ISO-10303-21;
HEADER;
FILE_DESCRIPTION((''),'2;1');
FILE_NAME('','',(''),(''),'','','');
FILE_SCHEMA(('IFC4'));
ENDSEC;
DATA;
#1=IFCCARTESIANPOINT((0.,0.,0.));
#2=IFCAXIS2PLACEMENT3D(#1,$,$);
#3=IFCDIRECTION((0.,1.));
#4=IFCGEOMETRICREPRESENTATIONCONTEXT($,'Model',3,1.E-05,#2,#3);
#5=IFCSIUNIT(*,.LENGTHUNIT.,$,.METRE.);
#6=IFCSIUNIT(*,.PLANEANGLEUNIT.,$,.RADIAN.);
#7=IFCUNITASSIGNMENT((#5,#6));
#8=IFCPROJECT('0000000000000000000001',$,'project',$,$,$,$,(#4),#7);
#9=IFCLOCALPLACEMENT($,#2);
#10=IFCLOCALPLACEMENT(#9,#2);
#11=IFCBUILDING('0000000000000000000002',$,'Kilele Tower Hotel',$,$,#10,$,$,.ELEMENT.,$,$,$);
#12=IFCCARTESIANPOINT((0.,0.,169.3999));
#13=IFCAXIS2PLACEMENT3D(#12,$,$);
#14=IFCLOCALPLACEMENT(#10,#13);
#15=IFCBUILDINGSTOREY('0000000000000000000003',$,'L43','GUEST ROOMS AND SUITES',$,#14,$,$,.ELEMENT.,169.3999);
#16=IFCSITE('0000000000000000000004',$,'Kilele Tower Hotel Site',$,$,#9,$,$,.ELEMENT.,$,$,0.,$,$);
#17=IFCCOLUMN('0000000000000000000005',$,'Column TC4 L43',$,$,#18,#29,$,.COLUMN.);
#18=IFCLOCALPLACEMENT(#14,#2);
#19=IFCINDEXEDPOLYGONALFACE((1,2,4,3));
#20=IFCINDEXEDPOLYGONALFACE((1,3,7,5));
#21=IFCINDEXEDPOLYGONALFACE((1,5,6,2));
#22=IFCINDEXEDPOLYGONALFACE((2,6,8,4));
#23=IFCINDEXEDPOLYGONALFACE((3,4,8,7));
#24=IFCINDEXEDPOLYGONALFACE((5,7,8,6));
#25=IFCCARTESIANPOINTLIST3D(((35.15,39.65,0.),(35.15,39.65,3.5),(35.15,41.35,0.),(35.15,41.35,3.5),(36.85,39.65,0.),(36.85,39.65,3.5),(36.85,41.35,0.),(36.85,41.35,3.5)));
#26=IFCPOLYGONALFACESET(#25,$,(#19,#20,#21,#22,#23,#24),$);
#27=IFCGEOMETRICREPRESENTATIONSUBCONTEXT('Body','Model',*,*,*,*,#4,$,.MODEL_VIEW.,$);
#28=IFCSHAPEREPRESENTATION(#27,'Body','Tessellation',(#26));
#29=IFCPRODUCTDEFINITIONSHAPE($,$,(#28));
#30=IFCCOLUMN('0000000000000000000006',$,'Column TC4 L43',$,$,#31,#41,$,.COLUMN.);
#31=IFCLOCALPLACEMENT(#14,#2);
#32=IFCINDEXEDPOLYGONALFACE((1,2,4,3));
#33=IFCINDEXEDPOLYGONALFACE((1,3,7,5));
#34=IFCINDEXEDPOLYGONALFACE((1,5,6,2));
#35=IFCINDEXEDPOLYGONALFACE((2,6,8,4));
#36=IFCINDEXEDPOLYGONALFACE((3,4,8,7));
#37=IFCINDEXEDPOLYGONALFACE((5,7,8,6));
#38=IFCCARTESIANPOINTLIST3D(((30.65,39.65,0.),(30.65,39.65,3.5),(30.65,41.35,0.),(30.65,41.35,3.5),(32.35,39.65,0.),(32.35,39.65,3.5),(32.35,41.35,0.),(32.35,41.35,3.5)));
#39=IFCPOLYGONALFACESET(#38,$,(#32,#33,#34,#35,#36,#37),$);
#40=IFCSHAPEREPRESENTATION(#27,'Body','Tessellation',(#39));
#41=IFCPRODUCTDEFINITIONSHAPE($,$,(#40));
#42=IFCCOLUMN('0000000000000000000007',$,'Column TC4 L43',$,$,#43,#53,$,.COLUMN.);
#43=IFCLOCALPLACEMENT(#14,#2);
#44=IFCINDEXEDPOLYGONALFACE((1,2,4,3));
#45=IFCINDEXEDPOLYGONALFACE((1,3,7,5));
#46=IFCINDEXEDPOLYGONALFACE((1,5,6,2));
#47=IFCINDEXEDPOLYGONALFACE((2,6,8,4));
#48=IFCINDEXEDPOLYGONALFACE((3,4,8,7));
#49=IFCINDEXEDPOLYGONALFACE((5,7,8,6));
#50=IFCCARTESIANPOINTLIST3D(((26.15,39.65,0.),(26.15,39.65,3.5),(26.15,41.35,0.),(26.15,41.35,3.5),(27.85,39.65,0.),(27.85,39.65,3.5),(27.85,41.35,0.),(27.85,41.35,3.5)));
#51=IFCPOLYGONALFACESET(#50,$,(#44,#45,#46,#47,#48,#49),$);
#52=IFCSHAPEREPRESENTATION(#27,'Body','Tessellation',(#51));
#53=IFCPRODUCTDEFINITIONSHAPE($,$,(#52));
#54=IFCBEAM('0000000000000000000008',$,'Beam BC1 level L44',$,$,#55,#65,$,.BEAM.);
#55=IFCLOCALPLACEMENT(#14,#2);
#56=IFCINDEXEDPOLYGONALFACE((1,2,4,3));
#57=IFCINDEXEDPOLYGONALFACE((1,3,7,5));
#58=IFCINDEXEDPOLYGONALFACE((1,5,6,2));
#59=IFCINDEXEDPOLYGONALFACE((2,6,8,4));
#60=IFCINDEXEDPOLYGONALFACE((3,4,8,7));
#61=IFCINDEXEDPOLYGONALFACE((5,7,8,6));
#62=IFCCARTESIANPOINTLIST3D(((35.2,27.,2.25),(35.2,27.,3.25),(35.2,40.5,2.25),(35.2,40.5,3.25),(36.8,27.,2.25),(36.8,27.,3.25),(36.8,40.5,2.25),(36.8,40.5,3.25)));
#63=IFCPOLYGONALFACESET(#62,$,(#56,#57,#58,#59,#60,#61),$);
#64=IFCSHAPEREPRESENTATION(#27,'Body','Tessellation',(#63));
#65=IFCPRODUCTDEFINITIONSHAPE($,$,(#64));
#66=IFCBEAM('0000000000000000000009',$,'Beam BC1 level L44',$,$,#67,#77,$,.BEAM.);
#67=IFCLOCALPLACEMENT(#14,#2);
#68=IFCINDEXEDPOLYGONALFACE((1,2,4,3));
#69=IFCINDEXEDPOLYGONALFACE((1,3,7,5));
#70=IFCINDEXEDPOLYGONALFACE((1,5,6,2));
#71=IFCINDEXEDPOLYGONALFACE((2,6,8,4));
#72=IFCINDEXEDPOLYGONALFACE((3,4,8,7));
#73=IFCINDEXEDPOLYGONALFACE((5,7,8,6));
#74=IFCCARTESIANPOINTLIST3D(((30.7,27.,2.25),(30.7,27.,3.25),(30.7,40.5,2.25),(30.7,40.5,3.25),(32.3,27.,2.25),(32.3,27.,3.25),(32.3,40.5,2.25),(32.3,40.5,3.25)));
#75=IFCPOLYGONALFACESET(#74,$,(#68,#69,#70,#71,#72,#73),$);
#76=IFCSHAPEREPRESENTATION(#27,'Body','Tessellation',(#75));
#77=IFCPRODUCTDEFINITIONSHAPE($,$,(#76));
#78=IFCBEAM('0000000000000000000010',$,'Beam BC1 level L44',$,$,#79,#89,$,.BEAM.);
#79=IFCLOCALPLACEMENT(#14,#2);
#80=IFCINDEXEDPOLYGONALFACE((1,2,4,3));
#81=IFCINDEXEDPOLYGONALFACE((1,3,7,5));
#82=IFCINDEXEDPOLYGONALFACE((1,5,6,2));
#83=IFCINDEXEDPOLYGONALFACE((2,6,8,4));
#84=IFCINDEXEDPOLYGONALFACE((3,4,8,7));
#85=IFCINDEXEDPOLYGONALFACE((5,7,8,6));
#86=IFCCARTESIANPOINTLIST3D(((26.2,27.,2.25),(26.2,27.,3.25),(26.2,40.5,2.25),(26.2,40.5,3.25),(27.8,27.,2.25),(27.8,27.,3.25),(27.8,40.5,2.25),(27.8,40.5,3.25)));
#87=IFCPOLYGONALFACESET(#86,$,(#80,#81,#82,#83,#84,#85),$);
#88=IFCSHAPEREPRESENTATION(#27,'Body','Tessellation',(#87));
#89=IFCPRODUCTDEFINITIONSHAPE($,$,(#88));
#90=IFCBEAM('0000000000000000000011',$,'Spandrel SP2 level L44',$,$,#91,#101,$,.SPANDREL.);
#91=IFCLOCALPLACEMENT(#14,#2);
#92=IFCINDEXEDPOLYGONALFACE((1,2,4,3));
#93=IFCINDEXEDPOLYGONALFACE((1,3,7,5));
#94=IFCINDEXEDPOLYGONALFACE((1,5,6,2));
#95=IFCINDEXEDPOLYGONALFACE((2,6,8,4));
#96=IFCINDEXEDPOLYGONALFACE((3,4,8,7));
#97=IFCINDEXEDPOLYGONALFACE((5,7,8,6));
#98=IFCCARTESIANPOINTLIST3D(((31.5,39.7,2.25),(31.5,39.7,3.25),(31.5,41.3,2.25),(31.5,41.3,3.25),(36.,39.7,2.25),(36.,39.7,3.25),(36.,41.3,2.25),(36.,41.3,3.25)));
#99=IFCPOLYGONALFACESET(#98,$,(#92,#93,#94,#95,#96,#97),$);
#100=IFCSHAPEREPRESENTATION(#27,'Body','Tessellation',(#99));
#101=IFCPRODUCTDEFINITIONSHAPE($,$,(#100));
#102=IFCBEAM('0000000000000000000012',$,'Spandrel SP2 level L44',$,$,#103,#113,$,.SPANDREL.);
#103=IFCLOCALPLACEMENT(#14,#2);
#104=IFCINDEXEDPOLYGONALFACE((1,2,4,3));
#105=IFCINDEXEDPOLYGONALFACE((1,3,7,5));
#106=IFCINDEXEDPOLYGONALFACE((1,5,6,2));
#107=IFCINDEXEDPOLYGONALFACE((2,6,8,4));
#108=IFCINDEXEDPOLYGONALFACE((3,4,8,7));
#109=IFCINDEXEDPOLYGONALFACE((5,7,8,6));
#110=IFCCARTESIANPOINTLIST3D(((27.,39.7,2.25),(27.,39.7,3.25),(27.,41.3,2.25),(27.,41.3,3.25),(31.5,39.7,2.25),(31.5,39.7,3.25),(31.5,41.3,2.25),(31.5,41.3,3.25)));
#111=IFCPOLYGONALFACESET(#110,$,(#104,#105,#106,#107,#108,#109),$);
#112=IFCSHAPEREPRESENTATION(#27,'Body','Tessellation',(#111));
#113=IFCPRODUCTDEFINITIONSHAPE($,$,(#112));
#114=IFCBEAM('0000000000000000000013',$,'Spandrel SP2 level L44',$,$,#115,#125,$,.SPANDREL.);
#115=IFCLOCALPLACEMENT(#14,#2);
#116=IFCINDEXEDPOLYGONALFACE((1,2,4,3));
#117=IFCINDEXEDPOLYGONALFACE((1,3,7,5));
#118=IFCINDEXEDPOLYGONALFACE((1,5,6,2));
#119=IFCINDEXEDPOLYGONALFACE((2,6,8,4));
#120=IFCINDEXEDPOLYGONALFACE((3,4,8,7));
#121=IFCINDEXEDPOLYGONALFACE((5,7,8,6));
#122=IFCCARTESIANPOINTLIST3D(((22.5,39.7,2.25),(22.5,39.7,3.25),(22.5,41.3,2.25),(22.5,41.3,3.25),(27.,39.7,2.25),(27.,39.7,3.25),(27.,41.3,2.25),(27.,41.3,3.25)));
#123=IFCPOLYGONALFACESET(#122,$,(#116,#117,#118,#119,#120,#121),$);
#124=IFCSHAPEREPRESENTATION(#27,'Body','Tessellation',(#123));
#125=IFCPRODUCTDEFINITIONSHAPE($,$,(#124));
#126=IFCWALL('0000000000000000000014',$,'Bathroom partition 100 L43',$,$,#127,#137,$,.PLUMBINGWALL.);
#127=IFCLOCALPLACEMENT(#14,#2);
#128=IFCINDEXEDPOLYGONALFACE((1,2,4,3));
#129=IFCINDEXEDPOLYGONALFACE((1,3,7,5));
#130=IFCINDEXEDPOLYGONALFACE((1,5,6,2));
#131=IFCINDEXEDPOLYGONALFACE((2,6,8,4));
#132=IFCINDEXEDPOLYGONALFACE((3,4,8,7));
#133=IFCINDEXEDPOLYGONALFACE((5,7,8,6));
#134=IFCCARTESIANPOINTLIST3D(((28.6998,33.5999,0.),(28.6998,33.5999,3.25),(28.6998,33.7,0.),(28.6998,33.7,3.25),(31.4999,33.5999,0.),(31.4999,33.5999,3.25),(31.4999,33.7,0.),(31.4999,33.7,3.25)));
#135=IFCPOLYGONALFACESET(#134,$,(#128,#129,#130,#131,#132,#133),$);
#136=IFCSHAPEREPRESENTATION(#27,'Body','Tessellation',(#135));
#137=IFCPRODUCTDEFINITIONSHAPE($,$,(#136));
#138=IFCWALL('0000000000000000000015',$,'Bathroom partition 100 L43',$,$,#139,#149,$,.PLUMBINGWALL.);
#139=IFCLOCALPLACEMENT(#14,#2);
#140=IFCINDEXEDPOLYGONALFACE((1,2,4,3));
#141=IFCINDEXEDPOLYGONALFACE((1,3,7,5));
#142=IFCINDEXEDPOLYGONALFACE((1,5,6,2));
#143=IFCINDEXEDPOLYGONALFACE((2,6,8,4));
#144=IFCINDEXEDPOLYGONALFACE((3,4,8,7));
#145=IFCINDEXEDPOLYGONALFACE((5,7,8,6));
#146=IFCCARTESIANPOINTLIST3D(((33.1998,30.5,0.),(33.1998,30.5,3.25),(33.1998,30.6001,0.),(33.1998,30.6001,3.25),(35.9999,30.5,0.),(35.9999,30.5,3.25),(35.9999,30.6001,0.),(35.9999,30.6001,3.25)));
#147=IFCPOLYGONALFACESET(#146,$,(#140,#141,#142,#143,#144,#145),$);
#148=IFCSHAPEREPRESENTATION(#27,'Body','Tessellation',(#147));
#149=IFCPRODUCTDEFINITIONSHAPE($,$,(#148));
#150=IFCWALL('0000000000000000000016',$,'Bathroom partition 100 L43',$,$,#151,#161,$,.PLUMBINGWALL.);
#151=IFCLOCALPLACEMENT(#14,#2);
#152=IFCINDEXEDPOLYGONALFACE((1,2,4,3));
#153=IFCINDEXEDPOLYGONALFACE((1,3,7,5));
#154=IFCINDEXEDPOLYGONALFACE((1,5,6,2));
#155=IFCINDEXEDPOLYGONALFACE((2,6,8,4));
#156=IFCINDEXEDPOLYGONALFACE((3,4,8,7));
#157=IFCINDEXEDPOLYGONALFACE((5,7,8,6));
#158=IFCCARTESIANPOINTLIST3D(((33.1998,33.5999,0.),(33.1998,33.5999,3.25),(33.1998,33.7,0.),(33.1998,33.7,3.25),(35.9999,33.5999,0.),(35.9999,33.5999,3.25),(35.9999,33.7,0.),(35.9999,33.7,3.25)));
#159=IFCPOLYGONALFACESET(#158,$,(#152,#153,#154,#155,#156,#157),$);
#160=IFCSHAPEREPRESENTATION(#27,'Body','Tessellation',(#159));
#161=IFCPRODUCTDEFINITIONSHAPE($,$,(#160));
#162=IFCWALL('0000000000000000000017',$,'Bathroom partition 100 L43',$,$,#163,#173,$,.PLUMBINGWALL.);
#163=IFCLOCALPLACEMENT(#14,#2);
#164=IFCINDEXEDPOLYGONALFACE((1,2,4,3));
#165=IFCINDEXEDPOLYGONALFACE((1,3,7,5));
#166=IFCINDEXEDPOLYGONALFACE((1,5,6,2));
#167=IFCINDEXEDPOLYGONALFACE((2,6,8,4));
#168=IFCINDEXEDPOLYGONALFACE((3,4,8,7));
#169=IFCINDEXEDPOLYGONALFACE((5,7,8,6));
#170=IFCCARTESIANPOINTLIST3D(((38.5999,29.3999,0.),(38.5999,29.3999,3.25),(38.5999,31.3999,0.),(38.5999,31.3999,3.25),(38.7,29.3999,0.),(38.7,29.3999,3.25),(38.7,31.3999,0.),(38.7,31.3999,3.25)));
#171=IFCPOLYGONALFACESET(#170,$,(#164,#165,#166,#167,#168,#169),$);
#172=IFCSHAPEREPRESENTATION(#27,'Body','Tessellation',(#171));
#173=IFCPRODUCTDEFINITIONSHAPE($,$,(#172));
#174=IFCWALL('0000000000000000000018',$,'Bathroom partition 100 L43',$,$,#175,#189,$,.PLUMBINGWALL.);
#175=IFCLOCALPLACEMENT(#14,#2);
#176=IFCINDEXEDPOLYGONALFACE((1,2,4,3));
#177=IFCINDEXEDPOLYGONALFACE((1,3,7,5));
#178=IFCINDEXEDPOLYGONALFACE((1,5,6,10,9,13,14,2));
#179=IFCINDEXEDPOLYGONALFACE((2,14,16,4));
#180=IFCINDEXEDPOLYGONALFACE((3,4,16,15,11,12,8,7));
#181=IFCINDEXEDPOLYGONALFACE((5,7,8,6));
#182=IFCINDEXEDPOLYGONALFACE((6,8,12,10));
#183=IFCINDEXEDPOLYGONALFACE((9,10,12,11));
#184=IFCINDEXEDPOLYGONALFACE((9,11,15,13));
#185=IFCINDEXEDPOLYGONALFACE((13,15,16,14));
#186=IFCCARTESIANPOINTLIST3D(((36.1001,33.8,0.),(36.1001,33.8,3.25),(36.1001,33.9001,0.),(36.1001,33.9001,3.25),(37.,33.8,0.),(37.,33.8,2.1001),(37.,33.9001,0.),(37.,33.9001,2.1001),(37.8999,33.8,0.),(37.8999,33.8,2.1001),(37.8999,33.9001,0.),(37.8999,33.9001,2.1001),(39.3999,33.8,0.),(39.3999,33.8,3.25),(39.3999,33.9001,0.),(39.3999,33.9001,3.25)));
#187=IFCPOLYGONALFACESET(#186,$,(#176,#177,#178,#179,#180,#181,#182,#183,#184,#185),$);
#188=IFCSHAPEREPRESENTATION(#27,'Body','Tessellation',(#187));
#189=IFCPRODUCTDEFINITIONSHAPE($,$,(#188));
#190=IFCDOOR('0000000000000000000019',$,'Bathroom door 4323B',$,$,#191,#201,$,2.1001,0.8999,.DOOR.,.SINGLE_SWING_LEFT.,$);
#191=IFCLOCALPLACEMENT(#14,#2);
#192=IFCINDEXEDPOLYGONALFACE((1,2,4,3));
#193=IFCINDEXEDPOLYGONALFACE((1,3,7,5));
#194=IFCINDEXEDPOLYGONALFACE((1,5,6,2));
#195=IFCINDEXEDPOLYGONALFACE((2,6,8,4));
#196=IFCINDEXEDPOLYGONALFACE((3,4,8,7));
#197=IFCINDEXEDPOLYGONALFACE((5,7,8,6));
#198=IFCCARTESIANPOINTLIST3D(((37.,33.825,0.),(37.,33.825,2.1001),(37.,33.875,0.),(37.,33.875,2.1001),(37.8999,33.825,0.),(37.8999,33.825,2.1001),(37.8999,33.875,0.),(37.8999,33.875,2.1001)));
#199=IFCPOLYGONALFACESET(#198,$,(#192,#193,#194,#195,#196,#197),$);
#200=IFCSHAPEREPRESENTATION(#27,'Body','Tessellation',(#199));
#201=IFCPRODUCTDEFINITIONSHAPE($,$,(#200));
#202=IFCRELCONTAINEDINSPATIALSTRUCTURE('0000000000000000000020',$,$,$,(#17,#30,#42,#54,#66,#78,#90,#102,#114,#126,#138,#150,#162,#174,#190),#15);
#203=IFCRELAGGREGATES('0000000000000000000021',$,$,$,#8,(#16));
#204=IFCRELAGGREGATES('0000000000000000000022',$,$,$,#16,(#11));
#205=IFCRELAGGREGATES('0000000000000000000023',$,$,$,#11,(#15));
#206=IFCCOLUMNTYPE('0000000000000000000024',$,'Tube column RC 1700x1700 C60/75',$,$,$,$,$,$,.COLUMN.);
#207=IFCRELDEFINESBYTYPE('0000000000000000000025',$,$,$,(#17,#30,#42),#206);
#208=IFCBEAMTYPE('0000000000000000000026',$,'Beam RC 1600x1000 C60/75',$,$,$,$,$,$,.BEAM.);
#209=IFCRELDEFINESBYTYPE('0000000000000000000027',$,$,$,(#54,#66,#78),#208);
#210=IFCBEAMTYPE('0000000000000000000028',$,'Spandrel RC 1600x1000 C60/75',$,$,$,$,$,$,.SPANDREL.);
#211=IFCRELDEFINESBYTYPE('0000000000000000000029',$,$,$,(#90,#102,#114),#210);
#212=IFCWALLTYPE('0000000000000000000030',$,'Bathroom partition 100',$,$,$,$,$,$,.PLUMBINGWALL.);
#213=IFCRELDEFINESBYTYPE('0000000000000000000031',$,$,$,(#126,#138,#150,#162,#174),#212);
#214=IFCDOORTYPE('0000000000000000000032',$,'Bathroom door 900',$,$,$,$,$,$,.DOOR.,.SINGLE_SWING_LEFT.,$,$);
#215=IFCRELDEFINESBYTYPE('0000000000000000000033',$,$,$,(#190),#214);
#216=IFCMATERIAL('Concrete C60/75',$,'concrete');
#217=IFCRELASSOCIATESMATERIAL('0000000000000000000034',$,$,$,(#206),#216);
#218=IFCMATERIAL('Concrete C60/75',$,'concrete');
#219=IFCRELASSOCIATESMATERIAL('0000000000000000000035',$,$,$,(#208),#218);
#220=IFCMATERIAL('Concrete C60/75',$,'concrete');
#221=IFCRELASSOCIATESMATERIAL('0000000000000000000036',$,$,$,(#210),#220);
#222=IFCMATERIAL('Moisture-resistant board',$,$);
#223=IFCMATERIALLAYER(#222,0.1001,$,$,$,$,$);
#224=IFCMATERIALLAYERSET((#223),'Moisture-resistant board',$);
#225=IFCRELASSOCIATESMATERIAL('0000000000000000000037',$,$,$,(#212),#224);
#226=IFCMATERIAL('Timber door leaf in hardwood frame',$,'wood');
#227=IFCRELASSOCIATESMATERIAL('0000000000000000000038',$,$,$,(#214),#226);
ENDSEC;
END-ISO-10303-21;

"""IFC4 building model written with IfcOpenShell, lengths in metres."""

from ifc_helpers import new_model, si_unit, direction, frame, frame_2d, origin, origin_2d, place, context, subcontext, project, spatial, rectangle, extrude, material, layer, layer_set, material_profile, profile_set, type_object, element, fill, save


model = new_model("IFC4")

# Units and contexts
model_context = context("Model", 3, precision=1e-05, world=origin(), true_north=direction((0.0, 1.0)))
body_context = subcontext(model_context, "Body", "Model", "MODEL_VIEW")
ifc_project = project(units=[si_unit("LENGTHUNIT", "METRE"), si_unit("PLANEANGLEUNIT", "RADIAN")], contexts=[model_context])

# Site, building, storey
site_placement = place(None, origin())
site = spatial("IfcSite", under=ifc_project, at=site_placement, Name="Kilele Tower Hotel Site", CompositionType="ELEMENT", RefElevation=0.0)
building_placement = place(site_placement, origin())
building = spatial("IfcBuilding", under=site, at=building_placement, Name="Kilele Tower Hotel", CompositionType="ELEMENT")
storey_placement = place(building_placement, frame((0.0, 0.0, 169.3999)))
storey = spatial("IfcBuildingStorey", under=building, at=storey_placement, Name="L43", Description="GUEST ROOMS AND SUITES", CompositionType="ELEMENT", Elevation=169.3999)

# Columns
ifc_material_1 = material(Name="Concrete C60/75", Category="concrete")
ifc_material_profile_1 = material_profile(ifc_material_1, rectangle(XDim=1.7, YDim=1.7, at=origin_2d()))
ifc_profile_set_1 = profile_set([ifc_material_profile_1], Name="Concrete C60/75")
column_type = type_object("IfcColumnType", Name="Tube column RC 1700x1700 C60/75", PredefinedType="COLUMN", material=ifc_profile_set_1)
for number, where, z_axis, x_axis, name in (
    (1, (36.0, 40.5, 0.0), (0.0, 0.0, 1.0), (1.0, 0.0, 0.0), "Column TC4 L43"),
    (2, (31.5, 40.5, 0.0), (0.0, 0.0, 1.0), (1.0, 0.0, 0.0), "Column TC4 L43"),
    (3, (27.0, 40.5, 0.0), (0.0, 0.0, 1.0), (1.0, 0.0, 0.0), "Column TC4 L43"),
):
    element("IfcColumn", number, at=place(storey_placement, frame(where, z_axis=z_axis, x_axis=x_axis)), inside=storey, type_object=column_type, Name=name, PredefinedType="COLUMN", context=body_context, shape_type="SweptSolid", body=[
        extrude(rectangle(XDim=1.7, YDim=1.7, at=origin_2d()), origin(), (0.0, 0.0, 1.0), 3.5),
    ])

# Beams
ifc_material_2 = material(Name="Concrete C60/75", Category="concrete")
ifc_material_profile_2 = material_profile(ifc_material_2, rectangle(XDim=1.6001, YDim=1.0, at=origin_2d()))
ifc_profile_set_2 = profile_set([ifc_material_profile_2], Name="Concrete C60/75")
beam_type_1 = type_object("IfcBeamType", Name="Beam RC 1600x1000 C60/75", PredefinedType="BEAM", material=ifc_profile_set_2)
for number, where, z_axis, x_axis, name in (
    (4, (36.0, 40.5, 2.75), (0.0, -1.0, 0.0), (1.0, 0.0, 0.0), "Beam BC1 level L44"),
    (5, (31.5, 40.5, 2.75), (0.0, -1.0, 0.0), (1.0, 0.0, 0.0), "Beam BC1 level L44"),
    (6, (27.0, 40.5, 2.75), (0.0, -1.0, 0.0), (1.0, 0.0, 0.0), "Beam BC1 level L44"),
):
    element("IfcBeam", number, at=place(storey_placement, frame(where, z_axis=z_axis, x_axis=x_axis)), inside=storey, type_object=beam_type_1, Name=name, PredefinedType="BEAM", context=body_context, shape_type="SweptSolid", body=[
        extrude(rectangle(XDim=1.6001, YDim=1.0, at=origin_2d()), origin(), (0.0, 0.0, 1.0), 13.5),
    ])
ifc_material_3 = material(Name="Concrete C60/75", Category="concrete")
ifc_material_profile_3 = material_profile(ifc_material_3, rectangle(XDim=1.6001, YDim=1.0, at=origin_2d()))
ifc_profile_set_3 = profile_set([ifc_material_profile_3], Name="Concrete C60/75")
beam_type_2 = type_object("IfcBeamType", Name="Spandrel RC 1600x1000 C60/75", PredefinedType="SPANDREL", material=ifc_profile_set_3)
for number, where, z_axis, x_axis, name in (
    (7, (36.0, 40.5, 2.75), (-1.0, 0.0, 0.0), (0.0, -1.0, 0.0), "Spandrel SP2 level L44"),
    (8, (31.5, 40.5, 2.75), (-1.0, 0.0, 0.0), (0.0, -1.0, 0.0), "Spandrel SP2 level L44"),
    (9, (27.0, 40.5, 2.75), (-1.0, 0.0, 0.0), (0.0, -1.0, 0.0), "Spandrel SP2 level L44"),
):
    element("IfcBeam", number, at=place(storey_placement, frame(where, z_axis=z_axis, x_axis=x_axis)), inside=storey, type_object=beam_type_2, Name=name, PredefinedType="SPANDREL", context=body_context, shape_type="SweptSolid", body=[
        extrude(rectangle(XDim=1.6001, YDim=1.0, at=origin_2d()), origin(), (0.0, 0.0, 1.0), 4.5),
    ])

# Walls
ifc_material_4 = material(Name="Moisture-resistant board")
ifc_layer_1 = layer(ifc_material_4, 0.1001)
ifc_layer_set_1 = layer_set([ifc_layer_1], Name="Moisture-resistant board")
wall_type_1 = type_object("IfcWallType", Name="Bathroom partition 100", PredefinedType="PLUMBINGWALL", material=ifc_layer_set_1)
for number, where, z_axis, x_axis, name in (
    (10, (28.7, 33.6499, 0.0), (0.0, 0.0, 1.0), (1.0, 0.0, 0.0), "Bathroom partition 100 L43"),
    (11, (33.2, 30.55, 0.0), (0.0, 0.0, 1.0), (1.0, 0.0, 0.0), "Bathroom partition 100 L43"),
    (12, (33.2, 33.6499, 0.0), (0.0, 0.0, 1.0), (1.0, 0.0, 0.0), "Bathroom partition 100 L43"),
):
    element("IfcWall", number, at=place(storey_placement, frame(where, z_axis=z_axis, x_axis=x_axis)), inside=storey, type_object=wall_type_1, Name=name, PredefinedType="PLUMBINGWALL", context=body_context, shape_type="SweptSolid", body=[
        extrude(rectangle(XDim=2.8, YDim=0.1001, at=frame_2d((1.3999, 0.0))), origin(), (0.0, 0.0, 1.0), 3.25),
    ])
wall_1_placement = place(storey_placement, frame((38.6499, 31.3999, 0.0), z_axis=(0.0, 0.0, 1.0), x_axis=(0.0, -1.0, 0.0)))
element("IfcWall", 13, at=wall_1_placement, inside=storey, type_object=wall_type_1, Name="Bathroom partition 100 L43", PredefinedType="PLUMBINGWALL", context=body_context, shape_type="SweptSolid", body=[
    extrude(rectangle(XDim=2.0, YDim=0.1001, at=frame_2d((1.0, 0.0))), origin(), (0.0, 0.0, 1.0), 3.25),
])

# Wall, opening, door
wall_2_placement = place(storey_placement, frame((36.1001, 33.8501, 0.0), z_axis=(0.0, 0.0, 1.0), x_axis=(1.0, 0.0, 0.0)))
wall_2 = element("IfcWall", 14, at=wall_2_placement, inside=storey, type_object=wall_type_1, Name="Bathroom partition 100 L43", PredefinedType="PLUMBINGWALL", context=body_context, shape_type="SweptSolid", body=[
    extrude(rectangle(XDim=3.2998, YDim=0.1001, at=frame_2d((1.6499, 0.0))), origin(), (0.0, 0.0, 1.0), 3.25),
])
opening_1_placement = place(wall_2_placement, frame((0.8999, 0.0, 0.0)))
opening_1 = element("IfcOpeningElement", 15, at=opening_1_placement, cuts=wall_2, PredefinedType="OPENING", context=body_context, shape_type="SweptSolid", body=[
    extrude(rectangle(XDim=0.8999, YDim=2.1001, at=frame_2d((0.45, 1.05))), frame((0.0, 0.0601, 0.0), z_axis=(0.0, -1.0, 0.0), x_axis=(1.0, 0.0, 0.0)), (0.0, 0.0, 1.0), 0.1201),
])
ifc_material_5 = material(Name="Timber door leaf in hardwood frame", Category="wood")
door_type_1 = type_object("IfcDoorType", Name="Bathroom door 900", OperationType="SINGLE_SWING_LEFT", PredefinedType="DOOR", material=ifc_material_5)
door_1_placement = place(opening_1_placement, origin())
door_1 = element("IfcDoor", 16, at=door_1_placement, inside=storey, type_object=door_type_1, Name="Bathroom door 4323B", OperationType="SINGLE_SWING_LEFT", OverallHeight=2.1001, OverallWidth=0.8999, PredefinedType="DOOR", context=body_context, shape_type="SweptSolid", body=[
    extrude(rectangle(XDim=0.8999, YDim=2.1001, at=frame_2d((0.45, 1.05))), frame((0.0, 0.0249, 0.0), z_axis=(0.0, -1.0, 0.0), x_axis=(1.0, 0.0, 0.0)), (0.0, 0.0, 1.0), 0.05),
])
fill(opening_1, door_1)

save(model, "model.ifc")
